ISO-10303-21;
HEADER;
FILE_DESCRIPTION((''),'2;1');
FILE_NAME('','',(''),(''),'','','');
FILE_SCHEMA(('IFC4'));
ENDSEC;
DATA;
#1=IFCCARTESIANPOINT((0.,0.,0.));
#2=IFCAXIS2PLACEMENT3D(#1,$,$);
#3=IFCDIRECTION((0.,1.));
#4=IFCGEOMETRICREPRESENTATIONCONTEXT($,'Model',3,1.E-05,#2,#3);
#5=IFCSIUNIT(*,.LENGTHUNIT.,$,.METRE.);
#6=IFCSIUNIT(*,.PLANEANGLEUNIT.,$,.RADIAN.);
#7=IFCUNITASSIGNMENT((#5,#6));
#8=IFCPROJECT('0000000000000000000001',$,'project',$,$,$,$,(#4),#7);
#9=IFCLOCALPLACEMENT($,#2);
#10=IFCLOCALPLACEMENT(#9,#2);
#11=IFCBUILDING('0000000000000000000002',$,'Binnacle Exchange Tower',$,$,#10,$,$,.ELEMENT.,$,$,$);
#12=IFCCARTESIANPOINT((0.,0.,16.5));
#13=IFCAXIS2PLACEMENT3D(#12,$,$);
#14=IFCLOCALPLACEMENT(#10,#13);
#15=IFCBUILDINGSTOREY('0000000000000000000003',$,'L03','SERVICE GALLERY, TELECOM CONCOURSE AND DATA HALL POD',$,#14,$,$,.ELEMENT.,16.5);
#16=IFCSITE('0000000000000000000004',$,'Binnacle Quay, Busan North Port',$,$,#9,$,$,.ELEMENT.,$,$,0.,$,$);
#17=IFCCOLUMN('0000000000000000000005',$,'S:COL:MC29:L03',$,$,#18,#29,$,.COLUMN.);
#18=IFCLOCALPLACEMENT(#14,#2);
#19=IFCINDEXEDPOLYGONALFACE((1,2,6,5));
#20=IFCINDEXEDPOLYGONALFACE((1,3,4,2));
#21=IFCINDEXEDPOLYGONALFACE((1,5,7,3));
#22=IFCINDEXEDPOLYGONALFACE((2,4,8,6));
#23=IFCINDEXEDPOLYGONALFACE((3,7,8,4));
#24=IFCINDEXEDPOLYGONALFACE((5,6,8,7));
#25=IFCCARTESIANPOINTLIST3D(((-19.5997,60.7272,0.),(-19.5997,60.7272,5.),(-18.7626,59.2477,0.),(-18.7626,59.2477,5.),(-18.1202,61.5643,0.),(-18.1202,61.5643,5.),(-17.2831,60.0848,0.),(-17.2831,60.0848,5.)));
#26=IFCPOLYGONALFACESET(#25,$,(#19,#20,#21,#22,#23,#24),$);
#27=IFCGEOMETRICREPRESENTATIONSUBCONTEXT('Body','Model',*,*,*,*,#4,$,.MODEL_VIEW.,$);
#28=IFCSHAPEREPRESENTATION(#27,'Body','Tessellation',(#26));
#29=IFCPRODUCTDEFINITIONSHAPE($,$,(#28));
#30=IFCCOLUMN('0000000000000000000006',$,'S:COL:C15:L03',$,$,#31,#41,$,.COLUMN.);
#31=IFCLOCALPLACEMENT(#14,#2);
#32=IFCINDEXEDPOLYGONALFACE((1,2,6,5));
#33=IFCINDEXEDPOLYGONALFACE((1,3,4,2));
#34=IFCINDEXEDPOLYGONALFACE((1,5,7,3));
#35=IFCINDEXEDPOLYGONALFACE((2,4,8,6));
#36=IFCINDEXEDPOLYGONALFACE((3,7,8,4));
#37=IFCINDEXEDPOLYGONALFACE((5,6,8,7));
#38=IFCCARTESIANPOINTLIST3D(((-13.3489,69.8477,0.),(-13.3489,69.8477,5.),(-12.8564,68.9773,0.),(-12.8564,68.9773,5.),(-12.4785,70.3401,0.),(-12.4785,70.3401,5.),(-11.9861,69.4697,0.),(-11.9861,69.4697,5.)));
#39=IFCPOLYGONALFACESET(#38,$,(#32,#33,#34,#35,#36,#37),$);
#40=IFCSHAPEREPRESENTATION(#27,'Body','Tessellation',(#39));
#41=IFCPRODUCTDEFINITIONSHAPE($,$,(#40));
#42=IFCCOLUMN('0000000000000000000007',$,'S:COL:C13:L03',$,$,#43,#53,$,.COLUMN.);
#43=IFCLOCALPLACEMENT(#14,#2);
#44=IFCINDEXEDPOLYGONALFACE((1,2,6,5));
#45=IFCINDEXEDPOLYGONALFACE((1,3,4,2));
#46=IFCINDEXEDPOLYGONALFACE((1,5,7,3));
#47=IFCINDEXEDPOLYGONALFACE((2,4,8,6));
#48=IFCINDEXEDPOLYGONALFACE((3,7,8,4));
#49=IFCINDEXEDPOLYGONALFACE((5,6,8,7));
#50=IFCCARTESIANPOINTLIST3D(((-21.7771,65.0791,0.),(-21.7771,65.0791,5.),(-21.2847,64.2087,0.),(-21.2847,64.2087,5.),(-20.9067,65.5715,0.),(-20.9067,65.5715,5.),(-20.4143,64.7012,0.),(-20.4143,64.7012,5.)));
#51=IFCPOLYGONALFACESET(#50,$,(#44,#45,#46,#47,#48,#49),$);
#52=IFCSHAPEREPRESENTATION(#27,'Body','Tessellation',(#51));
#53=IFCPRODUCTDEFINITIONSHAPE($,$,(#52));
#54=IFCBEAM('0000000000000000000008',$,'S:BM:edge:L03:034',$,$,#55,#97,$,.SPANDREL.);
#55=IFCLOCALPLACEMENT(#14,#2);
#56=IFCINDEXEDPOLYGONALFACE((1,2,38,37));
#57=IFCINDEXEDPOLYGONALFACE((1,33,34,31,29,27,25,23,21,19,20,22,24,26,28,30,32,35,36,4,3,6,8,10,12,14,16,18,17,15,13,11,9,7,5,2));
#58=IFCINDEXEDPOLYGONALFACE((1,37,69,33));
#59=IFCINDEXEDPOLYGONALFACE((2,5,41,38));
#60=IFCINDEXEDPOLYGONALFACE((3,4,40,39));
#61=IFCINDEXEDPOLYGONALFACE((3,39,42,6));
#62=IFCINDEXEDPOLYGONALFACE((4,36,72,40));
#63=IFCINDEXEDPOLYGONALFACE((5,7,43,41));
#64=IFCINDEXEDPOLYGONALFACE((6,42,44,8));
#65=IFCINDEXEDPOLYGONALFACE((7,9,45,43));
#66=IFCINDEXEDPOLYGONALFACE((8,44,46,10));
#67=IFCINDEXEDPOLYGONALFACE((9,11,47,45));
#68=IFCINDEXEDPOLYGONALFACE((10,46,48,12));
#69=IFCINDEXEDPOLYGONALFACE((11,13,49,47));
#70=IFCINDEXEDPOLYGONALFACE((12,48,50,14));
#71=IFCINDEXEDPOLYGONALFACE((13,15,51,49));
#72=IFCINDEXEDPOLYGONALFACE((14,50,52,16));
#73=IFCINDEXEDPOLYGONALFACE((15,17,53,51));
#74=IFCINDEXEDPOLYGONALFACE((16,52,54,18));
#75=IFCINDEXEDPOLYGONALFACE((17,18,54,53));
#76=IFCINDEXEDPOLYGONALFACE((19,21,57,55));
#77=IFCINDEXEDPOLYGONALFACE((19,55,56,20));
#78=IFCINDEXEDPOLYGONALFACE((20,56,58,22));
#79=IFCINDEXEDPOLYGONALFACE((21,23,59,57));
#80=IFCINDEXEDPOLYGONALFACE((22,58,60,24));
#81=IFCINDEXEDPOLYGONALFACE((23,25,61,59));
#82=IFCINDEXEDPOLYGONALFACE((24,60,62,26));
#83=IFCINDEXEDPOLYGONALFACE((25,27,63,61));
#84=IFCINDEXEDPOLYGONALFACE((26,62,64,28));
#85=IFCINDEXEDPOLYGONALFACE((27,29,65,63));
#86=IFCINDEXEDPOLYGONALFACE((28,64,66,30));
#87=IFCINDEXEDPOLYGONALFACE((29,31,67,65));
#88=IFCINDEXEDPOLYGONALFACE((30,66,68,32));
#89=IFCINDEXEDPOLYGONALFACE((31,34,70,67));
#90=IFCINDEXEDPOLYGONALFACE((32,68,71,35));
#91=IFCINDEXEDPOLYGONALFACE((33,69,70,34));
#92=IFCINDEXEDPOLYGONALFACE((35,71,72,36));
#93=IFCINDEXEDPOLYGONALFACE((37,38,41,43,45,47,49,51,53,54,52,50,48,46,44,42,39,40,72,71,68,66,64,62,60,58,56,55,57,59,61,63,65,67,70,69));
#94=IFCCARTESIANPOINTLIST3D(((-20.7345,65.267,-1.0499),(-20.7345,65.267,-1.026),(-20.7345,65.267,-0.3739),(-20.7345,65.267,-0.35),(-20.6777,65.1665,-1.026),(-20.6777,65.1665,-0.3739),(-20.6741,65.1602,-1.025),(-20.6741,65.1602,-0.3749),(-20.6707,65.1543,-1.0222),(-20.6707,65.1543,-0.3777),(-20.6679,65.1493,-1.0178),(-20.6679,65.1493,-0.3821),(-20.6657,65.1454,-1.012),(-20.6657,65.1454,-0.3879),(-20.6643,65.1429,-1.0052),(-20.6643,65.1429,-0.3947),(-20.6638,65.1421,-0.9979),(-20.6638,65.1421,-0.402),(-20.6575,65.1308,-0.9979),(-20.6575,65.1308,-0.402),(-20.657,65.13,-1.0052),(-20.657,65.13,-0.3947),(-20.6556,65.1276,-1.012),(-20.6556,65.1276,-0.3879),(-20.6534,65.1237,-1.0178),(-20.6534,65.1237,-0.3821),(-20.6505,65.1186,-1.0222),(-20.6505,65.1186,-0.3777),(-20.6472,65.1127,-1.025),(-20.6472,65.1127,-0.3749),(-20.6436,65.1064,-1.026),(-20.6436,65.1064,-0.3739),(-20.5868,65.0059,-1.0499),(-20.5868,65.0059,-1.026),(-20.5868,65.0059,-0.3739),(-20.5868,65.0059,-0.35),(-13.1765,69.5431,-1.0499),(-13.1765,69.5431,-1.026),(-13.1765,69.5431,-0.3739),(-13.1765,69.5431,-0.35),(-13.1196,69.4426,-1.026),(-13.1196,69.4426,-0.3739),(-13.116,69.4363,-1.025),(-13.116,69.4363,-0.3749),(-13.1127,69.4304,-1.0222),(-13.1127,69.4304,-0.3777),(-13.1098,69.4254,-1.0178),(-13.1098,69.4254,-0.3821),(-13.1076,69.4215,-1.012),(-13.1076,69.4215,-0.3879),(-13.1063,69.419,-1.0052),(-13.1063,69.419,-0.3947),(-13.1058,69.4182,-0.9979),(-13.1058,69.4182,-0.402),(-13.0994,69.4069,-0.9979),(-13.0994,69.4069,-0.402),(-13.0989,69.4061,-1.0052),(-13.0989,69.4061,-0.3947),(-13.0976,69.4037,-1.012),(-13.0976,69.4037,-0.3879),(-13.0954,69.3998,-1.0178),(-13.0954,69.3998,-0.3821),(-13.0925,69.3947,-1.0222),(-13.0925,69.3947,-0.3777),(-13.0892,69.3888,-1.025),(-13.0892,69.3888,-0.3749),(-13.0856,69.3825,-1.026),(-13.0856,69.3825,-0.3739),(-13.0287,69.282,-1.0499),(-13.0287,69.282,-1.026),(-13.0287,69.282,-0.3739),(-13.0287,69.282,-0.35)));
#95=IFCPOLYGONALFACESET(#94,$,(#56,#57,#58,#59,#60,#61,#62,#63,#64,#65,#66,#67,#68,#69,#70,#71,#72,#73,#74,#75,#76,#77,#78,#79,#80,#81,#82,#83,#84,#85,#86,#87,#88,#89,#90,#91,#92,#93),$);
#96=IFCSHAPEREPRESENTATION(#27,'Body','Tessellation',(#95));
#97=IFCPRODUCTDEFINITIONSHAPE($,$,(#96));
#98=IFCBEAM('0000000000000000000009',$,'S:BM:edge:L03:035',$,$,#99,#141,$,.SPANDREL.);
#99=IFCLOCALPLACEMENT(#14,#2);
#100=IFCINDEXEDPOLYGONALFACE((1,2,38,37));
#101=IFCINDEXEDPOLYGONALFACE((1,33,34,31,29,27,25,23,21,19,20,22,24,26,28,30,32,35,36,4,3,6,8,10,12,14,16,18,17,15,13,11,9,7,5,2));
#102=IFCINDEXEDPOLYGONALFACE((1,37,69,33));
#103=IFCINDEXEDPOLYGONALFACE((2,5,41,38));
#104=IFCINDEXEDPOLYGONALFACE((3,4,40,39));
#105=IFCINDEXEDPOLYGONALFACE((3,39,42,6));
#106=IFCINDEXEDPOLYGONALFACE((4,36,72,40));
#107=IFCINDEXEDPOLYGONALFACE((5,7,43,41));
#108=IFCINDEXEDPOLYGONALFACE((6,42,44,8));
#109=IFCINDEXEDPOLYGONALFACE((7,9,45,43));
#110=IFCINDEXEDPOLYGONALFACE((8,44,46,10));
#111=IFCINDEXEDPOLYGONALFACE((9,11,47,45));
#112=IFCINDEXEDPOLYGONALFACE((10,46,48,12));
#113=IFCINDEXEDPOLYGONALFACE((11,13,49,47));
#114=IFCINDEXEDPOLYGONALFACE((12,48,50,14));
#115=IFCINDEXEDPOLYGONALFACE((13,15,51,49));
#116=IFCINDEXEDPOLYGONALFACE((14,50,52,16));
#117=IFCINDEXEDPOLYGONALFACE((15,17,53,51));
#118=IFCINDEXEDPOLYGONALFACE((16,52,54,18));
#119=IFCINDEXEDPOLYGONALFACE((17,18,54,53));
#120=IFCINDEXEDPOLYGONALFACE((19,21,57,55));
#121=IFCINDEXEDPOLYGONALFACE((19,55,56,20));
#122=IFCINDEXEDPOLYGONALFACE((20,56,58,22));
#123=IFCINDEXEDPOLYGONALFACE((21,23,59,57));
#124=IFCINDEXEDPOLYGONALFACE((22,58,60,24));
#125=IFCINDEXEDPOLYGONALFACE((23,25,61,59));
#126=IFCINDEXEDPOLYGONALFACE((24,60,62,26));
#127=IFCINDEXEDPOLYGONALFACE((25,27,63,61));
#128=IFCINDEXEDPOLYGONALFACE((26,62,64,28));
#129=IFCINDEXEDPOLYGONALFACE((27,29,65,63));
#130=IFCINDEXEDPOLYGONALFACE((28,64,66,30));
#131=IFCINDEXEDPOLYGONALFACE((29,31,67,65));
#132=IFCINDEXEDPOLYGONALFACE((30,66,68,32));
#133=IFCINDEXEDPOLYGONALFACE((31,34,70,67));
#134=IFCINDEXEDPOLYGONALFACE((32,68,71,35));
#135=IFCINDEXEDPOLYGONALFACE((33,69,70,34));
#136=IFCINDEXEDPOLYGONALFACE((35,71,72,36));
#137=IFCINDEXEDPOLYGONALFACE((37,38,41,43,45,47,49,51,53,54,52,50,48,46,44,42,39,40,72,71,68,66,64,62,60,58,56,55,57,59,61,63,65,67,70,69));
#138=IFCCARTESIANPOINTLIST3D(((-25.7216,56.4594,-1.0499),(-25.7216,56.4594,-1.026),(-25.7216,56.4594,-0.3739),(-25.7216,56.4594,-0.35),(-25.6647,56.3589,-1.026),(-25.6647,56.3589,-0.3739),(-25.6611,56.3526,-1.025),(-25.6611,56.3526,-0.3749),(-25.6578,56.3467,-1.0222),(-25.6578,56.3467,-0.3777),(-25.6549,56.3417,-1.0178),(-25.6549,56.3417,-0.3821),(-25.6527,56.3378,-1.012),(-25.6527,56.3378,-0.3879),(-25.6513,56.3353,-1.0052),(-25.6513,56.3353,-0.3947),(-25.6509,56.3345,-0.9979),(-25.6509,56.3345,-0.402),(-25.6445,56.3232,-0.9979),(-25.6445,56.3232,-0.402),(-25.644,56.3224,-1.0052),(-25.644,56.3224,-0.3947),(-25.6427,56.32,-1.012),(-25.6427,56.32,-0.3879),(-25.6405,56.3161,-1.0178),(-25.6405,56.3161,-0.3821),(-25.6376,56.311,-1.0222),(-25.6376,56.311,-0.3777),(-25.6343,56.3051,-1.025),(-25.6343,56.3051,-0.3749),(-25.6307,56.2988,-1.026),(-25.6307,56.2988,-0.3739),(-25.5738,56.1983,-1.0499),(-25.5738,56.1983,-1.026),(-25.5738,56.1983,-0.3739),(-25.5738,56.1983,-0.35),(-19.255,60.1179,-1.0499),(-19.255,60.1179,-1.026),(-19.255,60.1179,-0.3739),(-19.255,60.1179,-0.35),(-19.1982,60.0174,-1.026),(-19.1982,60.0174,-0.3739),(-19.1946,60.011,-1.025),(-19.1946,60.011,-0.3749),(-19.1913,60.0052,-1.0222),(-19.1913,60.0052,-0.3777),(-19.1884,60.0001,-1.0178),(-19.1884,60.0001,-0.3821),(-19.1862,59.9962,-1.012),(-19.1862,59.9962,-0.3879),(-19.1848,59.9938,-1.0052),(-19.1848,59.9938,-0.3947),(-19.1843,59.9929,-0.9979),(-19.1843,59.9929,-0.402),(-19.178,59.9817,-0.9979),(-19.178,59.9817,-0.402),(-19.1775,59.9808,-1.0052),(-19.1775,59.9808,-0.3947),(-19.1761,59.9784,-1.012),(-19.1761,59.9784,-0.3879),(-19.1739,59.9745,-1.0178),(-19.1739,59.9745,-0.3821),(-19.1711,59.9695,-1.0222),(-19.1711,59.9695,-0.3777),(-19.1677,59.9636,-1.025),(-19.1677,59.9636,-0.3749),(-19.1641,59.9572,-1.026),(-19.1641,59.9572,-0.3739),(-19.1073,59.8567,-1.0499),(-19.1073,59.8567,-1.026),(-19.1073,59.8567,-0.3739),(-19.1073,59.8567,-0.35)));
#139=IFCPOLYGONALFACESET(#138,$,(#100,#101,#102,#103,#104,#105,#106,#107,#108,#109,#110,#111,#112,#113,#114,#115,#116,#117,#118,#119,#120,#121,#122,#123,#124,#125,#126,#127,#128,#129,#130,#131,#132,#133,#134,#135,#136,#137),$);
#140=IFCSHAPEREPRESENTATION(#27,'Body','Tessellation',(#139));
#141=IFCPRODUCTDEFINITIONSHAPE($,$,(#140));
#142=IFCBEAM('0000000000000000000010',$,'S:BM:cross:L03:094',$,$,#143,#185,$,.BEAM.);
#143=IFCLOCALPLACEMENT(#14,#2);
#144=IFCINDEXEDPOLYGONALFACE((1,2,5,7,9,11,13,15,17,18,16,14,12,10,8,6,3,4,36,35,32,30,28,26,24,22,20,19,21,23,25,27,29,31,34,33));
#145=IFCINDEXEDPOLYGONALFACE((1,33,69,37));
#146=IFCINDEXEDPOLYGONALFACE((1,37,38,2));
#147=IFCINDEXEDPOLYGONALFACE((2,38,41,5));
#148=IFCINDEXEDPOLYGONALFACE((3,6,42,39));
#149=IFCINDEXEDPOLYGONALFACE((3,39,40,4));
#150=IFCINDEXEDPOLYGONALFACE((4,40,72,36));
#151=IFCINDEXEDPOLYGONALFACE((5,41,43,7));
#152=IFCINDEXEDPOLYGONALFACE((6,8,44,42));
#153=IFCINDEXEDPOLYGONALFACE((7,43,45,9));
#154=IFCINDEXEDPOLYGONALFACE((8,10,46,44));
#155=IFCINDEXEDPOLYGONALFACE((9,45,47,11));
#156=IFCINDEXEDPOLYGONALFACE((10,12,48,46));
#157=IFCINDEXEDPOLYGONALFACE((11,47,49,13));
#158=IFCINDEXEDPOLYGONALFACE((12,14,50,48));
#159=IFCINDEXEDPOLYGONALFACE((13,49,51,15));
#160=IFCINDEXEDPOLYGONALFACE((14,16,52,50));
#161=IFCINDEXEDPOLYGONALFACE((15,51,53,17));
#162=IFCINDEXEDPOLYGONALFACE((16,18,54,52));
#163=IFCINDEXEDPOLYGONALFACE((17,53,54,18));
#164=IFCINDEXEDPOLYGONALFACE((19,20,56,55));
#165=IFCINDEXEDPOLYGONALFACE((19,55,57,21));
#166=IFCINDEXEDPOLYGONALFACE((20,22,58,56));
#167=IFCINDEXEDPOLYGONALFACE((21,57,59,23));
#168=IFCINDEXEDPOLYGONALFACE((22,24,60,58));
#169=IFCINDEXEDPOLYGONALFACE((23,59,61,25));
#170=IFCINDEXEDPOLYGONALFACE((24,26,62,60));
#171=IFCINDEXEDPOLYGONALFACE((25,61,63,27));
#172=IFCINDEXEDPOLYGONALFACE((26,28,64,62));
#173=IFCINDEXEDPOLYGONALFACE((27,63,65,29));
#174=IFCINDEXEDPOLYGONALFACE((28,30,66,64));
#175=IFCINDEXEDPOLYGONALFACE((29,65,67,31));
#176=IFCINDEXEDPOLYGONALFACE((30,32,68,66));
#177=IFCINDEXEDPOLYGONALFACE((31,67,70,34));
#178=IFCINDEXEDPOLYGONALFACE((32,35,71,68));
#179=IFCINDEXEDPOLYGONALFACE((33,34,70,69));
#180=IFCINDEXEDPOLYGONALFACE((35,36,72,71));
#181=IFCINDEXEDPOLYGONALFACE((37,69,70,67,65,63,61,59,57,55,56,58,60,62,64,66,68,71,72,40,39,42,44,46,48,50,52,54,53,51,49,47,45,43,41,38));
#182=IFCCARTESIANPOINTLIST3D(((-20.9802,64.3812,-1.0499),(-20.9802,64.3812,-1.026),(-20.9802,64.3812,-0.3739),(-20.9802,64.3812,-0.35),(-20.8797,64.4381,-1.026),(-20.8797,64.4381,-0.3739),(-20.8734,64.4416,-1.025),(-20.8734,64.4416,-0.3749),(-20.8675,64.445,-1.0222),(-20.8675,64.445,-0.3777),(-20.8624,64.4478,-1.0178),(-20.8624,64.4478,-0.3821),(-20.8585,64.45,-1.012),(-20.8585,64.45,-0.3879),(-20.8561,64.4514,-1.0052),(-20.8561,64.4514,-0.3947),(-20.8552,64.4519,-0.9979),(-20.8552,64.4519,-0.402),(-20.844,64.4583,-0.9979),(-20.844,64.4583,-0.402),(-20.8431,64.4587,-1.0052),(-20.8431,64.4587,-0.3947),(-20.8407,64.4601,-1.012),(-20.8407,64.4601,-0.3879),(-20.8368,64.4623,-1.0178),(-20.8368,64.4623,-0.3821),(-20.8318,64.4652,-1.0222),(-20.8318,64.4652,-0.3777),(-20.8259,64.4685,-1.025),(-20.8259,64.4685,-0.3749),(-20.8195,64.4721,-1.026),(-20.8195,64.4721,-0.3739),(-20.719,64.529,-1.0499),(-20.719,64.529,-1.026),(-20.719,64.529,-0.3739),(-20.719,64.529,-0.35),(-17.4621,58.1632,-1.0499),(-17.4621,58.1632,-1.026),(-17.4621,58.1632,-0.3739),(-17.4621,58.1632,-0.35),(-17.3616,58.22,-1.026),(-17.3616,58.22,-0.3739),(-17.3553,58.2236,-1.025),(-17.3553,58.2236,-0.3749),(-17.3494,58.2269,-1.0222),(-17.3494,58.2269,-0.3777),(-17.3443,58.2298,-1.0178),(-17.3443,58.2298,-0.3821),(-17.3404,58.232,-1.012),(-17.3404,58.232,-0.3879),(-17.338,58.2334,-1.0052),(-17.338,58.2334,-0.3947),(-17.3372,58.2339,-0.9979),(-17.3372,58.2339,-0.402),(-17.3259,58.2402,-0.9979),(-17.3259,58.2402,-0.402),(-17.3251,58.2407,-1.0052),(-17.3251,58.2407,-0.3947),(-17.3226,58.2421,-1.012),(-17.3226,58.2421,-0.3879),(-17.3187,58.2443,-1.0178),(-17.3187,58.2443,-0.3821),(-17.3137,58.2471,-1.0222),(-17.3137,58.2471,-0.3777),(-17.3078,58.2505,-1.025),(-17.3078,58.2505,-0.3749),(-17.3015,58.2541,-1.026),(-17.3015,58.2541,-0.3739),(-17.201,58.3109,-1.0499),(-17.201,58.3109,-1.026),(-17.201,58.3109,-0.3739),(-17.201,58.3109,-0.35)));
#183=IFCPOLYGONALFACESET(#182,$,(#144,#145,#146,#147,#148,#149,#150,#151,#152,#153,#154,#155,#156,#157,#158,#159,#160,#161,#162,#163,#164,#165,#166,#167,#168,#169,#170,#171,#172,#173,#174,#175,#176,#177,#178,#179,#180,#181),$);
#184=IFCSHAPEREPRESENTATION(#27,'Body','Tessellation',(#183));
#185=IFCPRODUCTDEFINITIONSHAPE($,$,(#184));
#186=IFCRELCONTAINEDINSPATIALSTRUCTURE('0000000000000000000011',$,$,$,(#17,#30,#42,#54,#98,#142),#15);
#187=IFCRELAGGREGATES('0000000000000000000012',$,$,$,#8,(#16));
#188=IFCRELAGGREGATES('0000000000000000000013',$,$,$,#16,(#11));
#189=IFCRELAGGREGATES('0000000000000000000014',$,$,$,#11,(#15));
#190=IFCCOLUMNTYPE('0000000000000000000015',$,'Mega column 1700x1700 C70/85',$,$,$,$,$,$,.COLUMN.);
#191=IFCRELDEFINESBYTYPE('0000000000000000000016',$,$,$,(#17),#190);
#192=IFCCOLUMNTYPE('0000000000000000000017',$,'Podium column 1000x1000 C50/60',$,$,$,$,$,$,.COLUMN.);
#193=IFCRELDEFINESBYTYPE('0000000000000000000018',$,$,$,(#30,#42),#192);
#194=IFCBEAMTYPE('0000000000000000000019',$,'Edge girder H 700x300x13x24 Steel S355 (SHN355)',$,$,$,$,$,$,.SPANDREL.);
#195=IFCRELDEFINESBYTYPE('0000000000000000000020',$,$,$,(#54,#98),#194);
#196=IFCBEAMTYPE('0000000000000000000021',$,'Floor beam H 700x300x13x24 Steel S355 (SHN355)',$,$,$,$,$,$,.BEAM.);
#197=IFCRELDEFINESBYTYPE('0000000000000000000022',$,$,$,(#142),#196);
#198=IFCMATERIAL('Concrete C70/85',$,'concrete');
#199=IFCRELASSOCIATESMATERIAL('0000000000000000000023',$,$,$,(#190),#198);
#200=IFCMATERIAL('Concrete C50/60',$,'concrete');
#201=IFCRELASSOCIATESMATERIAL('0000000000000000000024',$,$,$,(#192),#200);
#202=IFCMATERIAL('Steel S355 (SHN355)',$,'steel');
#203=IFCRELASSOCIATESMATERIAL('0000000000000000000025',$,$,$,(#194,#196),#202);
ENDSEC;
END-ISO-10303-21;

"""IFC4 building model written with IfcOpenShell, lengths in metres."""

from ifc_helpers import new_model, si_unit, direction, frame, origin, origin_2d, place, context, subcontext, project, spatial, rectangle, i_section, extrude, material, material_profile, profile_set, type_object, element, save


model = new_model("IFC4")

# Units and contexts
model_context = context("Model", 3, precision=1e-05, world=origin(), true_north=direction((0.0, 1.0)))
body_context = subcontext(model_context, "Body", "Model", "MODEL_VIEW")
ifc_project = project(units=[si_unit("LENGTHUNIT", "METRE"), si_unit("PLANEANGLEUNIT", "RADIAN")], contexts=[model_context])

# Site, building, storey
site_placement = place(None, origin())
site = spatial("IfcSite", under=ifc_project, at=site_placement, Name="Binnacle Quay, Busan North Port", CompositionType="ELEMENT", RefElevation=0.0)
building_placement = place(site_placement, origin())
building = spatial("IfcBuilding", under=site, at=building_placement, Name="Binnacle Exchange Tower", CompositionType="ELEMENT")
storey_placement = place(building_placement, frame((0.0, 0.0, 16.5)))
storey = spatial("IfcBuildingStorey", under=building, at=storey_placement, Name="L03", Description="SERVICE GALLERY, TELECOM CONCOURSE AND DATA HALL POD", CompositionType="ELEMENT", Elevation=16.5)

# Columns
ifc_material_1 = material(Name="Concrete C70/85", Category="concrete")
ifc_material_profile_1 = material_profile(ifc_material_1, rectangle(XDim=1.7, YDim=1.7, at=origin_2d()), Name="Mega column 1700x1700 C70/85")
ifc_profile_set_1 = profile_set([ifc_material_profile_1], Name="Concrete C70/85")
column_type_1 = type_object("IfcColumnType", Name="Mega column 1700x1700 C70/85", PredefinedType="COLUMN", material=ifc_profile_set_1)
column_placement = place(storey_placement, frame((-18.4414, 60.406, 0.0), z_axis=(0.0, 0.0, 1.0), x_axis=(-0.870356, -0.492424, 0.0)))
element("IfcColumn", 1, at=column_placement, inside=storey, type_object=column_type_1, Name="S:COL:MC29:L03", PredefinedType="COLUMN", context=body_context, shape_type="SweptSolid", body=[
    extrude(rectangle(XDim=1.7, YDim=1.7, at=origin_2d()), origin(), (0.0, 0.0, 1.0), 5.0),
])
ifc_material_2 = material(Name="Concrete C50/60", Category="concrete")
ifc_material_profile_2 = material_profile(ifc_material_2, rectangle(XDim=1.0, YDim=1.0, at=origin_2d()), Name="Podium column 1000x1000 C50/60")
ifc_profile_set_2 = profile_set([ifc_material_profile_2], Name="Concrete C50/60")
column_type_2 = type_object("IfcColumnType", Name="Podium column 1000x1000 C50/60", PredefinedType="COLUMN", material=ifc_profile_set_2)
for number, where, z_axis, x_axis, name in (
    (2, (-12.6675, 69.6587, 0.0), (0.0, 0.0, 1.0), (-0.870356, -0.492424, 0.0), "S:COL:C15:L03"),
    (3, (-21.0957, 64.8901, 0.0), (0.0, 0.0, 1.0), (-0.870356, -0.492424, 0.0), "S:COL:C13:L03"),
):
    element("IfcColumn", number, at=place(storey_placement, frame(where, z_axis=z_axis, x_axis=x_axis)), inside=storey, type_object=column_type_2, Name=name, PredefinedType="COLUMN", context=body_context, shape_type="SweptSolid", body=[
        extrude(rectangle(XDim=1.0, YDim=1.0, at=origin_2d()), origin(), (0.0, 0.0, 1.0), 5.0),
    ])

# Beams
ifc_material_3 = material(Name="Steel S355 (SHN355)", Category="steel")
ifc_material_profile_3 = material_profile(ifc_material_3, i_section(OverallWidth=0.3, OverallDepth=0.7, WebThickness=0.0129, FlangeThickness=0.0239, FilletRadius=0.0281, at=origin_2d()), Name="H 700x300x13x24")
ifc_profile_set_3 = profile_set([ifc_material_profile_3], Name="Steel S355 (SHN355)")
beam_type_1 = type_object("IfcBeamType", Name="Edge girder H 700x300x13x24 Steel S355 (SHN355)", PredefinedType="SPANDREL", material=ifc_profile_set_3)
beam_1_placement = place(storey_placement, frame((-20.6606, 65.1365, -0.7), z_axis=(0.870358, 0.492419, 0.0), x_axis=(-0.492419, 0.870358, 0.0)))
element("IfcBeam", 4, at=beam_1_placement, inside=storey, type_object=beam_type_1, Name="S:BM:edge:L03:034", PredefinedType="SPANDREL", context=body_context, shape_type="SweptSolid", body=[
    extrude(i_section(OverallWidth=0.3, OverallDepth=0.7, WebThickness=0.0129, FlangeThickness=0.0239, FilletRadius=0.0281, at=origin_2d()), origin(), (0.0, 0.0, 1.0), 8.6838),
])
beam_2_placement = place(storey_placement, frame((-19.1812, 59.9873, -0.7), z_axis=(-0.870364, -0.492408, 0.0), x_axis=(0.492408, -0.870364, 0.0)))
element("IfcBeam", 5, at=beam_2_placement, inside=storey, type_object=beam_type_1, Name="S:BM:edge:L03:035", PredefinedType="SPANDREL", context=body_context, shape_type="SweptSolid", body=[
    extrude(i_section(OverallWidth=0.3, OverallDepth=0.7, WebThickness=0.0129, FlangeThickness=0.0239, FilletRadius=0.0281, at=origin_2d()), origin(), (0.0, 0.0, 1.0), 7.4297),
])
ifc_material_profile_4 = material_profile(ifc_material_3, i_section(OverallWidth=0.3, OverallDepth=0.7, WebThickness=0.0129, FlangeThickness=0.0239, FilletRadius=0.0281, at=origin_2d()), Name="H 700x300x13x24")
ifc_profile_set_4 = profile_set([ifc_material_profile_4], Name="Steel S355 (SHN355)")
beam_type_2 = type_object("IfcBeamType", Name="Floor beam H 700x300x13x24 Steel S355 (SHN355)", PredefinedType="BEAM", material=ifc_profile_set_4)
beam_3_placement = place(storey_placement, frame((-20.8496, 64.4551, -0.7), z_axis=(0.492432, -0.870351, 0.0), x_axis=(0.870351, 0.492432, 0.0)))
element("IfcBeam", 6, at=beam_3_placement, inside=storey, type_object=beam_type_2, Name="S:BM:cross:L03:094", PredefinedType="BEAM", context=body_context, shape_type="SweptSolid", body=[
    extrude(i_section(OverallWidth=0.3, OverallDepth=0.7, WebThickness=0.0129, FlangeThickness=0.0239, FilletRadius=0.0281, at=origin_2d()), origin(), (0.0, 0.0, 1.0), 7.1443),
])

save(model, "model.ifc")
